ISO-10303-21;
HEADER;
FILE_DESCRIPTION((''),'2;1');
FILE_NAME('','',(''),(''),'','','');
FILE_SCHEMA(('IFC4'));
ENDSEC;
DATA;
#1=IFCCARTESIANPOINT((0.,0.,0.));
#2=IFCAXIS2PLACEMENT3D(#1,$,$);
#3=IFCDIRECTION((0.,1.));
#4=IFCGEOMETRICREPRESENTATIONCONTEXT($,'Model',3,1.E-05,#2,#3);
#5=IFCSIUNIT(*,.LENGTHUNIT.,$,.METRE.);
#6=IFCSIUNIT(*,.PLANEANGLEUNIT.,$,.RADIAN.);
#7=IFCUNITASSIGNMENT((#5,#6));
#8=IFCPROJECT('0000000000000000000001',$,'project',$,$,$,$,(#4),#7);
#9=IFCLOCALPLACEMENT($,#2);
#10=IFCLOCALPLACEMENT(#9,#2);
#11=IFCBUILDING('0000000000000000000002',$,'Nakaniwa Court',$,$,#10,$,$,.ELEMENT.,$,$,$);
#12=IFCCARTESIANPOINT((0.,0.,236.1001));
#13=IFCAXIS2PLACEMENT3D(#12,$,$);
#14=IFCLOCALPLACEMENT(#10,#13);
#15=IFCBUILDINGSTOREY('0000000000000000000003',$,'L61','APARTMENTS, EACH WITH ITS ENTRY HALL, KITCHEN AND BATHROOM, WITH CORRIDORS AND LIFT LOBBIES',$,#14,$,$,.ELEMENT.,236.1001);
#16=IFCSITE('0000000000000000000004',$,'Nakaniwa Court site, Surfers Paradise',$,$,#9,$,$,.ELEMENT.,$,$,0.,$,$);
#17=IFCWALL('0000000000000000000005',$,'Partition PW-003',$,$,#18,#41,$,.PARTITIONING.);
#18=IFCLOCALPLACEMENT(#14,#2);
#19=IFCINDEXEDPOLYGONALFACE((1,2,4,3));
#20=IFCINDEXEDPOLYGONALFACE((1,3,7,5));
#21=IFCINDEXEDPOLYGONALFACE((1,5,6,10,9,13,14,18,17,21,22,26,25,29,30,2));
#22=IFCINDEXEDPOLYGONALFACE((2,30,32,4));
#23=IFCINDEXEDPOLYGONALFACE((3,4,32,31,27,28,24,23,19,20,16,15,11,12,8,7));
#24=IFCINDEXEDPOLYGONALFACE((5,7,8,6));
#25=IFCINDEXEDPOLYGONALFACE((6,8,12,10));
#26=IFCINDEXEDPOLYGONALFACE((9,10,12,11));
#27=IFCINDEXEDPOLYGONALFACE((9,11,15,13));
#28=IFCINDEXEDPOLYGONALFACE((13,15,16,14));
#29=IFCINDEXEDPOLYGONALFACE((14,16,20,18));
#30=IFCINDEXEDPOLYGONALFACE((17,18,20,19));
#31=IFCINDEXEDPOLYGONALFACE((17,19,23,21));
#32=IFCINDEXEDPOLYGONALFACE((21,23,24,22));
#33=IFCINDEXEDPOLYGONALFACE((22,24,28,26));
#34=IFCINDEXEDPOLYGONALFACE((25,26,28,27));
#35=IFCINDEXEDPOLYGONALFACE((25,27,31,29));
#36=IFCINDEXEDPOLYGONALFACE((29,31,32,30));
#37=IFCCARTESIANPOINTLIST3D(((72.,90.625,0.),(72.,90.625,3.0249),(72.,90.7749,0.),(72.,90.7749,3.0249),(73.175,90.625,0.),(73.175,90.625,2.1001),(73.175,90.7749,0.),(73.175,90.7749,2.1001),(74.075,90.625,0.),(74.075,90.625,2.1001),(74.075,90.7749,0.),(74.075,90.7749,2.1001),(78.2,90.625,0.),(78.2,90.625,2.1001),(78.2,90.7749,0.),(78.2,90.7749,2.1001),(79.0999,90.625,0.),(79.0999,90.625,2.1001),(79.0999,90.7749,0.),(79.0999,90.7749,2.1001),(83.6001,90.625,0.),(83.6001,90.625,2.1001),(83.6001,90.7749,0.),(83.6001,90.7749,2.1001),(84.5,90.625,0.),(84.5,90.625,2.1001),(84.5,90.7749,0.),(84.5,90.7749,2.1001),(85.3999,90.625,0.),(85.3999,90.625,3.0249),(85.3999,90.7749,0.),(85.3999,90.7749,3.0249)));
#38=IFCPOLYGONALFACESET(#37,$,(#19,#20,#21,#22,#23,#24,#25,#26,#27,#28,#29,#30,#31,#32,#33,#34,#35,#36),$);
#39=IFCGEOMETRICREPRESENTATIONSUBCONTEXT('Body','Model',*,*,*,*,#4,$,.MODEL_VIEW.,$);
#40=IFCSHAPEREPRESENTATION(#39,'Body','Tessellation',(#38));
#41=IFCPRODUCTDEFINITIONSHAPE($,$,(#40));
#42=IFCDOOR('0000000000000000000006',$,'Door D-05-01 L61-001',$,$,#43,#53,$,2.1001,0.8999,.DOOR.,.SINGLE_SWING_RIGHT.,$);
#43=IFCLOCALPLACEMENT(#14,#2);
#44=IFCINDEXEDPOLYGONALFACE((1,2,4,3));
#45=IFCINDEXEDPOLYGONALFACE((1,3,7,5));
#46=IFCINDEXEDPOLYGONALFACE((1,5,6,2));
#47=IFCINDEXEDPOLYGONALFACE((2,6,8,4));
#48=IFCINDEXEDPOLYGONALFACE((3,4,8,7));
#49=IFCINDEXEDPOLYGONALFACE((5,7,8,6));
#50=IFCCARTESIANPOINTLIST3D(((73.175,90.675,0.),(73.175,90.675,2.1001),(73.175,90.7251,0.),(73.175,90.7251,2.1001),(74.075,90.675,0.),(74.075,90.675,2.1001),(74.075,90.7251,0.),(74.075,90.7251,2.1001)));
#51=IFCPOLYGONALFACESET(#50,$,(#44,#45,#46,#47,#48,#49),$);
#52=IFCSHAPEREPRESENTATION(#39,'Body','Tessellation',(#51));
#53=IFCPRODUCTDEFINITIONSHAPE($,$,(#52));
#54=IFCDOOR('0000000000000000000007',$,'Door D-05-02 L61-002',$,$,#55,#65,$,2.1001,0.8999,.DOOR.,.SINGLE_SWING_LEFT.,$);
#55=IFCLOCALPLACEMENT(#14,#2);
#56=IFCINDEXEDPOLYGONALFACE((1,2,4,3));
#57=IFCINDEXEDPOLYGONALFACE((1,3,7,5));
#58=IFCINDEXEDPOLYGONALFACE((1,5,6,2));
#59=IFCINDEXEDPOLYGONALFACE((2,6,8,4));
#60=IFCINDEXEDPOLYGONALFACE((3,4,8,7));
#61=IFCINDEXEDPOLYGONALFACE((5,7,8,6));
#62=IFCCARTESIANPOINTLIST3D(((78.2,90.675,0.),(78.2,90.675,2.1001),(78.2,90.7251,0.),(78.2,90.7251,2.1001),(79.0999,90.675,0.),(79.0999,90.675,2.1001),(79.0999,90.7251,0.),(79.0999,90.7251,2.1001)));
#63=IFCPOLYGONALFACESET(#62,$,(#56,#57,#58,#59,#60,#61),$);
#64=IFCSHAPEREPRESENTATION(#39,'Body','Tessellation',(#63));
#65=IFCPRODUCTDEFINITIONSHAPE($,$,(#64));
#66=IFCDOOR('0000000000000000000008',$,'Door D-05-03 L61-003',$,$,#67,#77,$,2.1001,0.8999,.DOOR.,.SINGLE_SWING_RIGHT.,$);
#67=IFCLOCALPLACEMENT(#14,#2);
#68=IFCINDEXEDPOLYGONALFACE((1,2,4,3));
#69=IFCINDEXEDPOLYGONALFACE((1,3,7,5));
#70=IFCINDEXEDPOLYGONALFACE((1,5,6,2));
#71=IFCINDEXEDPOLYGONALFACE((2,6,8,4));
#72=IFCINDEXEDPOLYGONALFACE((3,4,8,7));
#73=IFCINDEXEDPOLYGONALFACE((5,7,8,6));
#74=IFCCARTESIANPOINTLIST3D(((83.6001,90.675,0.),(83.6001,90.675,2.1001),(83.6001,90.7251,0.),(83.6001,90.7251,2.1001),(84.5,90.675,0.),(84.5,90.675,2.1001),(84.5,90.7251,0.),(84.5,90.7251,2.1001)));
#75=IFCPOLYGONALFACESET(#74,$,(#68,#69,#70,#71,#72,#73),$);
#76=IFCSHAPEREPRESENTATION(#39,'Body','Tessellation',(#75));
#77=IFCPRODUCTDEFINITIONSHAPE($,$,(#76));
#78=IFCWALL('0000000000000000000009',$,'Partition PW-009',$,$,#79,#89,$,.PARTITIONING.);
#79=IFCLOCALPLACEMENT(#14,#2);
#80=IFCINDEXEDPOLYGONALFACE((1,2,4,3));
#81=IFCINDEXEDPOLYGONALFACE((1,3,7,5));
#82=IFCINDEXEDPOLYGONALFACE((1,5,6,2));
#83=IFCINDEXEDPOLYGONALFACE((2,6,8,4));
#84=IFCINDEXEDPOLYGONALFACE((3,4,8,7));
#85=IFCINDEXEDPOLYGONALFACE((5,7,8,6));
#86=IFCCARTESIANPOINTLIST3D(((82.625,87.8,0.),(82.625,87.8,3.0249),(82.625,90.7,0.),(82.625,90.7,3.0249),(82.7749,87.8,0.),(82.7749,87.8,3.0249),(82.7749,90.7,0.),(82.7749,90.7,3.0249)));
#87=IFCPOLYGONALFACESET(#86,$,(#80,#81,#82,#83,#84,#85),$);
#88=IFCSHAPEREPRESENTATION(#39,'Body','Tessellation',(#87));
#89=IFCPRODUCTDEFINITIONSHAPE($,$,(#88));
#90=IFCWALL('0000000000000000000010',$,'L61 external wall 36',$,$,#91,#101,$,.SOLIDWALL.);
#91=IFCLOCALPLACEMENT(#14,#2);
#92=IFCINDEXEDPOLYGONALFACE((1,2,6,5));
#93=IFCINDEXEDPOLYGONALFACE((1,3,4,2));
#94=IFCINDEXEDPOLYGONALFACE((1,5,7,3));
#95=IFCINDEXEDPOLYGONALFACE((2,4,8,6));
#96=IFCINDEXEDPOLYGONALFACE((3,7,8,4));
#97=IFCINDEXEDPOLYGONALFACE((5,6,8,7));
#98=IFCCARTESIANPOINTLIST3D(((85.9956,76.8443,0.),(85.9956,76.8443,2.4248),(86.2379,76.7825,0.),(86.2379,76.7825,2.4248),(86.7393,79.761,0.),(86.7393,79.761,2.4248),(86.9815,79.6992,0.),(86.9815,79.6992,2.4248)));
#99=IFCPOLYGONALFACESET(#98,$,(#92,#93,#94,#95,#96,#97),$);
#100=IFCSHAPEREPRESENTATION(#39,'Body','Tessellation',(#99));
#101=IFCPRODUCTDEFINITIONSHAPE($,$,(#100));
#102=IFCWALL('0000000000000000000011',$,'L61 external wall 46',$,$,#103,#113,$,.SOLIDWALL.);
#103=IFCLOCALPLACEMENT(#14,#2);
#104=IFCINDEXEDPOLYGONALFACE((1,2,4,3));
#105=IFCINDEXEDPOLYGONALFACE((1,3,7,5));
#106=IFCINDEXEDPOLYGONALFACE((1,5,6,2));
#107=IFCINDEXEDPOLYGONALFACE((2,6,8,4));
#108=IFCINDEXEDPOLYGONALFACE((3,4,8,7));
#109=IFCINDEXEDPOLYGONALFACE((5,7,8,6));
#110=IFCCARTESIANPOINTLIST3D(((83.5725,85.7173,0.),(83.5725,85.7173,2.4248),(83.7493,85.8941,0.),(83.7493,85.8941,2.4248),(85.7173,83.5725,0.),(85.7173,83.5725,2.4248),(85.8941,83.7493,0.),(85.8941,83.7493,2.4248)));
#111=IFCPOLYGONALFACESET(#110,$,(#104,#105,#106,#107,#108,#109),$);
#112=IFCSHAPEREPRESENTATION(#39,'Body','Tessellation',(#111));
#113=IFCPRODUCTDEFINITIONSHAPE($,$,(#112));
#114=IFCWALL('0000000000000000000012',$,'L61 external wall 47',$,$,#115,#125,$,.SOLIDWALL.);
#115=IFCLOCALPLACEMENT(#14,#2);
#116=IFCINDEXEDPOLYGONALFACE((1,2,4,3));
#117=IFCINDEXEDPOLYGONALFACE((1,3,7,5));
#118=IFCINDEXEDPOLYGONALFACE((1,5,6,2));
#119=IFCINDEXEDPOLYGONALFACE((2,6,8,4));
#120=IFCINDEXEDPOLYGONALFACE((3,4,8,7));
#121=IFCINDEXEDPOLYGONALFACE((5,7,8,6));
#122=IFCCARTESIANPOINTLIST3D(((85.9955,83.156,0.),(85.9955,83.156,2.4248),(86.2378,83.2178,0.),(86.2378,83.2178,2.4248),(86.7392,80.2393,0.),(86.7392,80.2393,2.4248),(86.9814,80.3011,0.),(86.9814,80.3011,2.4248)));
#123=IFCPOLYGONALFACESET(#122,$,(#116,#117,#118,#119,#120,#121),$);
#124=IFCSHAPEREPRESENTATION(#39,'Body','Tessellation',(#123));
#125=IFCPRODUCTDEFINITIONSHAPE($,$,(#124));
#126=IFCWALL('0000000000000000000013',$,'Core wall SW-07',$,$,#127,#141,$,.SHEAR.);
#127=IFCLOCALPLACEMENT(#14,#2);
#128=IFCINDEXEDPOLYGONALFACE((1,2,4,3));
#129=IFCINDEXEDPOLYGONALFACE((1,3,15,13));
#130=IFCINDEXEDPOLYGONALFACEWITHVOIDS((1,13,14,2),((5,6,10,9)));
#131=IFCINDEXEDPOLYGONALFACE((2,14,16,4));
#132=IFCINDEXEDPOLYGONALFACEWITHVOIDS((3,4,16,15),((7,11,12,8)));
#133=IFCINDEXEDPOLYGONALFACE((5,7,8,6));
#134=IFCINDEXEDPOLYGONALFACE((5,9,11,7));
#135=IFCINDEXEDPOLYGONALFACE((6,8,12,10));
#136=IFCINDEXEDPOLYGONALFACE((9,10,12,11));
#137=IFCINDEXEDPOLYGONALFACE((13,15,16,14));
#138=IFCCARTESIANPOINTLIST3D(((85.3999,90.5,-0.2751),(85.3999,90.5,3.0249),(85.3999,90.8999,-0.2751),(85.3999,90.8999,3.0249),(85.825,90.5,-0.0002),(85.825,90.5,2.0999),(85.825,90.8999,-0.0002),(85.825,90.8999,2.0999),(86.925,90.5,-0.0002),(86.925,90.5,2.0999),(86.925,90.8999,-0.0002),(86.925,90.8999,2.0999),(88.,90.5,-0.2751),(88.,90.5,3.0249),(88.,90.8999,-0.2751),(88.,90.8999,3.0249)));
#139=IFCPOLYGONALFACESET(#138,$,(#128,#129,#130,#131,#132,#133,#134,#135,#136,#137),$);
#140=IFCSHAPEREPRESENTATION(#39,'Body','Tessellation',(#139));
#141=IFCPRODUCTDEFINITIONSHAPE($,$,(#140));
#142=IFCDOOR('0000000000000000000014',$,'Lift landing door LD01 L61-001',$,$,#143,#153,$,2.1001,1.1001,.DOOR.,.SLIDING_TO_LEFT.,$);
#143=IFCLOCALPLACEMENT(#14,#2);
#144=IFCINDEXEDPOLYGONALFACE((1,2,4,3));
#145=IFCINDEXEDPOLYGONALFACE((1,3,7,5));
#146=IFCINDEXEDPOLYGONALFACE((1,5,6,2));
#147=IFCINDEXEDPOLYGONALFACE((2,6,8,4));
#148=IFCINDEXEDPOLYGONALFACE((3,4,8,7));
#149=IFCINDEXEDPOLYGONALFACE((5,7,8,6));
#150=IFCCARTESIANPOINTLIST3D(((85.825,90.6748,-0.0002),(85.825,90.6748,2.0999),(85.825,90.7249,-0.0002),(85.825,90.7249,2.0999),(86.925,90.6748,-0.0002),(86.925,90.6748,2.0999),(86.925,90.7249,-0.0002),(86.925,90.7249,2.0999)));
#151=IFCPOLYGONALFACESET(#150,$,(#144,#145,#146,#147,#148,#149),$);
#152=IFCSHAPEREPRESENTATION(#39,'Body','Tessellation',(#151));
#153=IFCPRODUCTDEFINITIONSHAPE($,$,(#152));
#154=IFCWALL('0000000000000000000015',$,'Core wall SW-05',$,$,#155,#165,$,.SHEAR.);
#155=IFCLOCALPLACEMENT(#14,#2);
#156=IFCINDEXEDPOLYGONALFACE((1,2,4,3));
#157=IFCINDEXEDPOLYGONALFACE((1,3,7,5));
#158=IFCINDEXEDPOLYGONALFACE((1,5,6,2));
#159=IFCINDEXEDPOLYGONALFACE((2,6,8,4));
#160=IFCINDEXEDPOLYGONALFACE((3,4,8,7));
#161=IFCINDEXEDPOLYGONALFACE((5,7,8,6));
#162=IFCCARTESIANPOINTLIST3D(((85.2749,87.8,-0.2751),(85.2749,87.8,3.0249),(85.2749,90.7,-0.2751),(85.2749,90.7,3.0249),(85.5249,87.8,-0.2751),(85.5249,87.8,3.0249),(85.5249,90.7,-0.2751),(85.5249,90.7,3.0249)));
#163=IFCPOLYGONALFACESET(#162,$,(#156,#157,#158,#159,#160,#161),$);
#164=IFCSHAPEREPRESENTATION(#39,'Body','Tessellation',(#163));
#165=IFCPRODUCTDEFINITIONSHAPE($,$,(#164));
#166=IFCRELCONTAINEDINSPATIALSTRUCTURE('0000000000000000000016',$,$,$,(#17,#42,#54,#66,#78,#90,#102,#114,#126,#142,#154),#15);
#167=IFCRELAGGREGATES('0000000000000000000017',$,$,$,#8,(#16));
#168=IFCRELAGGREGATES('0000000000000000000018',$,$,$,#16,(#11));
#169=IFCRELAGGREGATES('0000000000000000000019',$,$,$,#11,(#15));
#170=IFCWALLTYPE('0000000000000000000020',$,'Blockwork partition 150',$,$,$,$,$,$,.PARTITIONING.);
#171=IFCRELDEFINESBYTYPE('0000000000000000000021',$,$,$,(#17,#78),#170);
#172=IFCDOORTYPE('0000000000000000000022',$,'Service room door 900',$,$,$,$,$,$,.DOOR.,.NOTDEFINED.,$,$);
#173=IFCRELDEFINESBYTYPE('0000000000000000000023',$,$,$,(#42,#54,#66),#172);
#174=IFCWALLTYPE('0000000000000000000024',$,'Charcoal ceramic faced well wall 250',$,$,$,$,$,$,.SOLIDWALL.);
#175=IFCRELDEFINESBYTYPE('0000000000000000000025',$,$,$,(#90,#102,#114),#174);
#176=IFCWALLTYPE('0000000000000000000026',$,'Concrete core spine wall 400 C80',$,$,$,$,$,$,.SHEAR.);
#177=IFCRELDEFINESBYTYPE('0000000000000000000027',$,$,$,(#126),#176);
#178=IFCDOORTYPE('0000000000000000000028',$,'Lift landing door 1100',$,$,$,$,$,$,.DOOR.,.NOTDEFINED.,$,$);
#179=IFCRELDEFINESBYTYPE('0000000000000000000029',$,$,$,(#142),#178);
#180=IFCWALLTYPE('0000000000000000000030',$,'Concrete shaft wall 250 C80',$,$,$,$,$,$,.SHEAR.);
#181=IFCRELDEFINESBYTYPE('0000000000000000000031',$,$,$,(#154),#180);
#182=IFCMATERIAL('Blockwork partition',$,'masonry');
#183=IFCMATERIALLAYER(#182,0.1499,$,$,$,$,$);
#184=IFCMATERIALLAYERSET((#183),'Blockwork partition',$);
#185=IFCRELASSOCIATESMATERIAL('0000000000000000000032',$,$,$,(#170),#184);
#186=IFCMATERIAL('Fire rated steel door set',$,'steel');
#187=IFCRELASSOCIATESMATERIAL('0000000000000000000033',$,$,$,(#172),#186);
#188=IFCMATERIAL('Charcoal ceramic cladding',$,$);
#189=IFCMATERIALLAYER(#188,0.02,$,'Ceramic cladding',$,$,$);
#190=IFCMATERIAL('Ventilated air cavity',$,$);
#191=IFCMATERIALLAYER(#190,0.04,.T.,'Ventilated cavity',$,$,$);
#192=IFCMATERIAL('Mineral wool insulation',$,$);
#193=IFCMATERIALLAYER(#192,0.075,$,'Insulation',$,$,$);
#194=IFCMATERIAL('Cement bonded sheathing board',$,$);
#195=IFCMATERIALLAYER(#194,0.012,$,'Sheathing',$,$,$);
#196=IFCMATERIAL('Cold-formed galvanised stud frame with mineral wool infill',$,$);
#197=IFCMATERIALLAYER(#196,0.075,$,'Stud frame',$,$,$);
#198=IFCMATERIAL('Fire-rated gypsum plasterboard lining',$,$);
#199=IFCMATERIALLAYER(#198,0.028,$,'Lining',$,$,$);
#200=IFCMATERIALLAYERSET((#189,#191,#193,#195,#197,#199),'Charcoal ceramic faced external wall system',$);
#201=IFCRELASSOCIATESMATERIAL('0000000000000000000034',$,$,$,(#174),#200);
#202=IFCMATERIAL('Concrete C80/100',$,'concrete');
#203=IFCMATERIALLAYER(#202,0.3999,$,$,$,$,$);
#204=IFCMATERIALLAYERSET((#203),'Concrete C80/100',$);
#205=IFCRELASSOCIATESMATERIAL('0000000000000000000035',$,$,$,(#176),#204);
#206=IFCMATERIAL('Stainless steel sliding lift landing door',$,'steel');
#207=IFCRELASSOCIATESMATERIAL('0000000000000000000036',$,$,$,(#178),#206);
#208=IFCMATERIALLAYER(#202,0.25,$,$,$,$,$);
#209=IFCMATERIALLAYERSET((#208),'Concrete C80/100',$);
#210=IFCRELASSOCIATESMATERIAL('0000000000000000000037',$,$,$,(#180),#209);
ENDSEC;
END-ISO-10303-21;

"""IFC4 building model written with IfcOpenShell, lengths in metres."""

from ifc_helpers import new_model, si_unit, direction, frame, frame_2d, origin, place, context, subcontext, project, spatial, rectangle, extrude, material, layer, layer_set, type_object, element, fill, save


model = new_model("IFC4")

# Units and contexts
model_context = context("Model", 3, precision=1e-05, world=origin(), true_north=direction((0.0, 1.0)))
body_context = subcontext(model_context, "Body", "Model", "MODEL_VIEW")
ifc_project = project(units=[si_unit("LENGTHUNIT", "METRE"), si_unit("PLANEANGLEUNIT", "RADIAN")], contexts=[model_context])

# Site, building, storey
site_placement = place(None, origin())
site = spatial("IfcSite", under=ifc_project, at=site_placement, Name="Nakaniwa Court site, Surfers Paradise", CompositionType="ELEMENT", RefElevation=0.0)
building_placement = place(site_placement, origin())
building = spatial("IfcBuilding", under=site, at=building_placement, Name="Nakaniwa Court", CompositionType="ELEMENT")
storey_placement = place(building_placement, frame((0.0, 0.0, 236.1001)))
storey = spatial("IfcBuildingStorey", under=building, at=storey_placement, Name="L61", Description="APARTMENTS, EACH WITH ITS ENTRY HALL, KITCHEN AND BATHROOM, WITH CORRIDORS AND LIFT LOBBIES", CompositionType="ELEMENT", Elevation=236.1001)

# Shared definitions
ifc_material_1 = material(Name="Concrete C80/100", Category="concrete")

# Wall, openings, doors
ifc_material_2 = material(Name="Blockwork partition", Category="masonry")
ifc_layer_1 = layer(ifc_material_2, 0.1499)
ifc_layer_set_1 = layer_set([ifc_layer_1], Name="Blockwork partition")
wall_type_1 = type_object("IfcWallType", Name="Blockwork partition 150", PredefinedType="PARTITIONING", material=ifc_layer_set_1)
wall_1_placement = place(storey_placement, frame((85.3999, 90.7, 0.0), z_axis=(0.0, 0.0, 1.0), x_axis=(-1.0, 0.0, 0.0)))
wall_1 = element("IfcWall", 1, at=wall_1_placement, inside=storey, type_object=wall_type_1, Name="Partition PW-003", PredefinedType="PARTITIONING", context=body_context, shape_type="SweptSolid", body=[
    extrude(rectangle(XDim=13.3999, YDim=0.1499, at=frame_2d((6.7, 0.0))), origin(), (0.0, 0.0, 1.0), 3.0249),
])
opening_1_placement = place(wall_1_placement, frame((11.325, 0.0, 0.0)))
opening_1 = element("IfcOpeningElement", 2, at=opening_1_placement, cuts=wall_1, PredefinedType="OPENING", context=body_context, shape_type="SweptSolid", body=[
    extrude(rectangle(XDim=0.8999, YDim=2.1001, at=frame_2d((0.45, 1.05))), frame((0.0, 0.085, 0.0), z_axis=(0.0, -1.0, 0.0), x_axis=(1.0, 0.0, 0.0)), (0.0, 0.0, 1.0), 0.1699),
])
opening_2_placement = place(wall_1_placement, frame((6.3, 0.0, 0.0)))
opening_2 = element("IfcOpeningElement", 3, at=opening_2_placement, cuts=wall_1, PredefinedType="OPENING", context=body_context, shape_type="SweptSolid", body=[
    extrude(rectangle(XDim=0.8999, YDim=2.1001, at=frame_2d((0.45, 1.05))), frame((0.0, 0.085, 0.0), z_axis=(0.0, -1.0, 0.0), x_axis=(1.0, 0.0, 0.0)), (0.0, 0.0, 1.0), 0.1699),
])
opening_3_placement = place(wall_1_placement, frame((0.8999, 0.0, 0.0)))
opening_3 = element("IfcOpeningElement", 4, at=opening_3_placement, cuts=wall_1, PredefinedType="OPENING", context=body_context, shape_type="SweptSolid", body=[
    extrude(rectangle(XDim=0.8999, YDim=2.1001, at=frame_2d((0.45, 1.05))), frame((0.0, 0.085, 0.0), z_axis=(0.0, -1.0, 0.0), x_axis=(1.0, 0.0, 0.0)), (0.0, 0.0, 1.0), 0.1699),
])
ifc_material_3 = material(Name="Fire rated steel door set", Category="steel")
door_type_1 = type_object("IfcDoorType", Name="Service room door 900", OperationType="NOTDEFINED", PredefinedType="DOOR", material=ifc_material_3)
door_1_placement = place(opening_1_placement, origin())
door_1 = element("IfcDoor", 5, at=door_1_placement, inside=storey, type_object=door_type_1, Name="Door D-05-01 L61-001", OperationType="SINGLE_SWING_RIGHT", OverallHeight=2.1001, OverallWidth=0.8999, PredefinedType="DOOR", context=body_context, shape_type="SweptSolid", body=[
    extrude(rectangle(XDim=0.8999, YDim=2.1001, at=frame_2d((0.45, 1.05))), frame((0.0, 0.0249, 0.0), z_axis=(0.0, -1.0, 0.0), x_axis=(1.0, 0.0, 0.0)), (0.0, 0.0, 1.0), 0.05),
])
fill(opening_1, door_1)
door_2_placement = place(opening_2_placement, origin())
door_2 = element("IfcDoor", 6, at=door_2_placement, inside=storey, type_object=door_type_1, Name="Door D-05-02 L61-002", OperationType="SINGLE_SWING_LEFT", OverallHeight=2.1001, OverallWidth=0.8999, PredefinedType="DOOR", context=body_context, shape_type="SweptSolid", body=[
    extrude(rectangle(XDim=0.8999, YDim=2.1001, at=frame_2d((0.45, 1.05))), frame((0.0, 0.0249, 0.0), z_axis=(0.0, -1.0, 0.0), x_axis=(1.0, 0.0, 0.0)), (0.0, 0.0, 1.0), 0.05),
])
fill(opening_2, door_2)
door_3_placement = place(opening_3_placement, origin())
door_3 = element("IfcDoor", 7, at=door_3_placement, inside=storey, type_object=door_type_1, Name="Door D-05-03 L61-003", OperationType="SINGLE_SWING_RIGHT", OverallHeight=2.1001, OverallWidth=0.8999, PredefinedType="DOOR", context=body_context, shape_type="SweptSolid", body=[
    extrude(rectangle(XDim=0.8999, YDim=2.1001, at=frame_2d((0.45, 1.05))), frame((0.0, 0.0249, 0.0), z_axis=(0.0, -1.0, 0.0), x_axis=(1.0, 0.0, 0.0)), (0.0, 0.0, 1.0), 0.05),
])
fill(opening_3, door_3)

# Walls
wall_2_placement = place(storey_placement, frame((82.7, 87.8, 0.0), z_axis=(0.0, 0.0, 1.0), x_axis=(0.0, 1.0, 0.0)))
element("IfcWall", 8, at=wall_2_placement, inside=storey, type_object=wall_type_1, Name="Partition PW-009", PredefinedType="PARTITIONING", context=body_context, shape_type="SweptSolid", body=[
    extrude(rectangle(XDim=2.8999, YDim=0.1499, at=frame_2d((1.45, 0.0))), origin(), (0.0, 0.0, 1.0), 3.0249),
])
ifc_material_4 = material(Name="Charcoal ceramic cladding")
ifc_layer_2 = layer(ifc_material_4, 0.02, Name="Ceramic cladding")
ifc_material_5 = material(Name="Ventilated air cavity")
ifc_layer_3 = layer(ifc_material_5, 0.04, ventilated=True, Name="Ventilated cavity")
ifc_material_6 = material(Name="Mineral wool insulation")
ifc_layer_4 = layer(ifc_material_6, 0.075, Name="Insulation")
ifc_material_7 = material(Name="Cement bonded sheathing board")
ifc_layer_5 = layer(ifc_material_7, 0.012, Name="Sheathing")
ifc_material_8 = material(Name="Cold-formed galvanised stud frame with mineral wool infill")
ifc_layer_6 = layer(ifc_material_8, 0.075, Name="Stud frame")
ifc_material_9 = material(Name="Fire-rated gypsum plasterboard lining")
ifc_layer_7 = layer(ifc_material_9, 0.028, Name="Lining")
ifc_layer_set_2 = layer_set([ifc_layer_2, ifc_layer_3, ifc_layer_4, ifc_layer_5, ifc_layer_6, ifc_layer_7], Name="Charcoal ceramic faced external wall system")
wall_type_2 = type_object("IfcWallType", Name="Charcoal ceramic faced well wall 250", PredefinedType="SOLIDWALL", material=ifc_layer_set_2)
wall_3_placement = place(storey_placement, frame((86.8604, 79.73, 0.0), z_axis=(0.0, 0.0, 1.0), x_axis=(-0.247056, -0.969001, 0.0)))
element("IfcWall", 9, at=wall_3_placement, inside=storey, type_object=wall_type_2, Name="L61 external wall 36", PredefinedType="SOLIDWALL", context=body_context, shape_type="SweptSolid", body=[
    extrude(rectangle(XDim=3.01, YDim=0.25, at=frame_2d((1.5049, 0.0))), origin(), (0.0, 0.0, 1.0), 2.4248),
])
wall_4_placement = place(storey_placement, frame((83.6609, 85.8057, 0.0), z_axis=(0.0, 0.0, 1.0), x_axis=(0.707107, -0.707107, 0.0)))
element("IfcWall", 10, at=wall_4_placement, inside=storey, type_object=wall_type_2, Name="L61 external wall 46", PredefinedType="SOLIDWALL", context=body_context, shape_type="SweptSolid", body=[
    extrude(rectangle(XDim=3.0332, YDim=0.25, at=frame_2d((1.5166, 0.0))), origin(), (0.0, 0.0, 1.0), 2.4248),
])
wall_5_placement = place(storey_placement, frame((86.1167, 83.1868, 0.0), z_axis=(0.0, 0.0, 1.0), x_axis=(0.247056, -0.969001, 0.0)))
element("IfcWall", 11, at=wall_5_placement, inside=storey, type_object=wall_type_2, Name="L61 external wall 47", PredefinedType="SOLIDWALL", context=body_context, shape_type="SweptSolid", body=[
    extrude(rectangle(XDim=3.01, YDim=0.25, at=frame_2d((1.5049, 0.0))), origin(), (0.0, 0.0, 1.0), 2.4248),
])

# Wall, opening, door
ifc_layer_8 = layer(ifc_material_1, 0.3999)
ifc_layer_set_3 = layer_set([ifc_layer_8], Name="Concrete C80/100")
wall_type_3 = type_object("IfcWallType", Name="Concrete core spine wall 400 C80", PredefinedType="SHEAR", material=ifc_layer_set_3)
wall_6_placement = place(storey_placement, frame((85.3999, 90.7, -0.2751), z_axis=(0.0, 0.0, 1.0), x_axis=(1.0, 0.0, 0.0)))
wall_6 = element("IfcWall", 12, at=wall_6_placement, inside=storey, type_object=wall_type_3, Name="Core wall SW-07", PredefinedType="SHEAR", context=body_context, shape_type="SweptSolid", body=[
    extrude(rectangle(XDim=2.6001, YDim=0.3999, at=frame_2d((1.3, 0.0))), origin(), (0.0, 0.0, 1.0), 3.3),
])
opening_4_placement = place(wall_6_placement, frame((0.425, 0.0, 0.2749)))
opening_4 = element("IfcOpeningElement", 13, at=opening_4_placement, cuts=wall_6, PredefinedType="OPENING", context=body_context, shape_type="SweptSolid", body=[
    extrude(rectangle(XDim=1.1001, YDim=2.1001, at=frame_2d((0.55, 1.05))), frame((0.0, 0.21, 0.0), z_axis=(0.0, -1.0, 0.0), x_axis=(1.0, 0.0, 0.0)), (0.0, 0.0, 1.0), 0.4199),
])
ifc_material_10 = material(Name="Stainless steel sliding lift landing door", Category="steel")
door_type_2 = type_object("IfcDoorType", Name="Lift landing door 1100", OperationType="NOTDEFINED", PredefinedType="DOOR", material=ifc_material_10)
door_4_placement = place(opening_4_placement, origin())
door_4 = element("IfcDoor", 14, at=door_4_placement, inside=storey, type_object=door_type_2, Name="Lift landing door LD01 L61-001", OperationType="SLIDING_TO_LEFT", OverallHeight=2.1001, OverallWidth=1.1001, PredefinedType="DOOR", context=body_context, shape_type="SweptSolid", body=[
    extrude(rectangle(XDim=1.1001, YDim=2.1001, at=frame_2d((0.55, 1.05))), frame((0.0, 0.0249, 0.0), z_axis=(0.0, -1.0, 0.0), x_axis=(1.0, 0.0, 0.0)), (0.0, 0.0, 1.0), 0.05),
])
fill(opening_4, door_4)

# Wall
ifc_layer_9 = layer(ifc_material_1, 0.25)
ifc_layer_set_4 = layer_set([ifc_layer_9], Name="Concrete C80/100")
wall_type_4 = type_object("IfcWallType", Name="Concrete shaft wall 250 C80", PredefinedType="SHEAR", material=ifc_layer_set_4)
wall_7_placement = place(storey_placement, frame((85.3999, 87.8, -0.2751), z_axis=(0.0, 0.0, 1.0), x_axis=(0.0, 1.0, 0.0)))
element("IfcWall", 15, at=wall_7_placement, inside=storey, type_object=wall_type_4, Name="Core wall SW-05", PredefinedType="SHEAR", context=body_context, shape_type="SweptSolid", body=[
    extrude(rectangle(XDim=2.8999, YDim=0.25, at=frame_2d((1.45, 0.0))), origin(), (0.0, 0.0, 1.0), 3.3),
])

save(model, "model.ifc")
